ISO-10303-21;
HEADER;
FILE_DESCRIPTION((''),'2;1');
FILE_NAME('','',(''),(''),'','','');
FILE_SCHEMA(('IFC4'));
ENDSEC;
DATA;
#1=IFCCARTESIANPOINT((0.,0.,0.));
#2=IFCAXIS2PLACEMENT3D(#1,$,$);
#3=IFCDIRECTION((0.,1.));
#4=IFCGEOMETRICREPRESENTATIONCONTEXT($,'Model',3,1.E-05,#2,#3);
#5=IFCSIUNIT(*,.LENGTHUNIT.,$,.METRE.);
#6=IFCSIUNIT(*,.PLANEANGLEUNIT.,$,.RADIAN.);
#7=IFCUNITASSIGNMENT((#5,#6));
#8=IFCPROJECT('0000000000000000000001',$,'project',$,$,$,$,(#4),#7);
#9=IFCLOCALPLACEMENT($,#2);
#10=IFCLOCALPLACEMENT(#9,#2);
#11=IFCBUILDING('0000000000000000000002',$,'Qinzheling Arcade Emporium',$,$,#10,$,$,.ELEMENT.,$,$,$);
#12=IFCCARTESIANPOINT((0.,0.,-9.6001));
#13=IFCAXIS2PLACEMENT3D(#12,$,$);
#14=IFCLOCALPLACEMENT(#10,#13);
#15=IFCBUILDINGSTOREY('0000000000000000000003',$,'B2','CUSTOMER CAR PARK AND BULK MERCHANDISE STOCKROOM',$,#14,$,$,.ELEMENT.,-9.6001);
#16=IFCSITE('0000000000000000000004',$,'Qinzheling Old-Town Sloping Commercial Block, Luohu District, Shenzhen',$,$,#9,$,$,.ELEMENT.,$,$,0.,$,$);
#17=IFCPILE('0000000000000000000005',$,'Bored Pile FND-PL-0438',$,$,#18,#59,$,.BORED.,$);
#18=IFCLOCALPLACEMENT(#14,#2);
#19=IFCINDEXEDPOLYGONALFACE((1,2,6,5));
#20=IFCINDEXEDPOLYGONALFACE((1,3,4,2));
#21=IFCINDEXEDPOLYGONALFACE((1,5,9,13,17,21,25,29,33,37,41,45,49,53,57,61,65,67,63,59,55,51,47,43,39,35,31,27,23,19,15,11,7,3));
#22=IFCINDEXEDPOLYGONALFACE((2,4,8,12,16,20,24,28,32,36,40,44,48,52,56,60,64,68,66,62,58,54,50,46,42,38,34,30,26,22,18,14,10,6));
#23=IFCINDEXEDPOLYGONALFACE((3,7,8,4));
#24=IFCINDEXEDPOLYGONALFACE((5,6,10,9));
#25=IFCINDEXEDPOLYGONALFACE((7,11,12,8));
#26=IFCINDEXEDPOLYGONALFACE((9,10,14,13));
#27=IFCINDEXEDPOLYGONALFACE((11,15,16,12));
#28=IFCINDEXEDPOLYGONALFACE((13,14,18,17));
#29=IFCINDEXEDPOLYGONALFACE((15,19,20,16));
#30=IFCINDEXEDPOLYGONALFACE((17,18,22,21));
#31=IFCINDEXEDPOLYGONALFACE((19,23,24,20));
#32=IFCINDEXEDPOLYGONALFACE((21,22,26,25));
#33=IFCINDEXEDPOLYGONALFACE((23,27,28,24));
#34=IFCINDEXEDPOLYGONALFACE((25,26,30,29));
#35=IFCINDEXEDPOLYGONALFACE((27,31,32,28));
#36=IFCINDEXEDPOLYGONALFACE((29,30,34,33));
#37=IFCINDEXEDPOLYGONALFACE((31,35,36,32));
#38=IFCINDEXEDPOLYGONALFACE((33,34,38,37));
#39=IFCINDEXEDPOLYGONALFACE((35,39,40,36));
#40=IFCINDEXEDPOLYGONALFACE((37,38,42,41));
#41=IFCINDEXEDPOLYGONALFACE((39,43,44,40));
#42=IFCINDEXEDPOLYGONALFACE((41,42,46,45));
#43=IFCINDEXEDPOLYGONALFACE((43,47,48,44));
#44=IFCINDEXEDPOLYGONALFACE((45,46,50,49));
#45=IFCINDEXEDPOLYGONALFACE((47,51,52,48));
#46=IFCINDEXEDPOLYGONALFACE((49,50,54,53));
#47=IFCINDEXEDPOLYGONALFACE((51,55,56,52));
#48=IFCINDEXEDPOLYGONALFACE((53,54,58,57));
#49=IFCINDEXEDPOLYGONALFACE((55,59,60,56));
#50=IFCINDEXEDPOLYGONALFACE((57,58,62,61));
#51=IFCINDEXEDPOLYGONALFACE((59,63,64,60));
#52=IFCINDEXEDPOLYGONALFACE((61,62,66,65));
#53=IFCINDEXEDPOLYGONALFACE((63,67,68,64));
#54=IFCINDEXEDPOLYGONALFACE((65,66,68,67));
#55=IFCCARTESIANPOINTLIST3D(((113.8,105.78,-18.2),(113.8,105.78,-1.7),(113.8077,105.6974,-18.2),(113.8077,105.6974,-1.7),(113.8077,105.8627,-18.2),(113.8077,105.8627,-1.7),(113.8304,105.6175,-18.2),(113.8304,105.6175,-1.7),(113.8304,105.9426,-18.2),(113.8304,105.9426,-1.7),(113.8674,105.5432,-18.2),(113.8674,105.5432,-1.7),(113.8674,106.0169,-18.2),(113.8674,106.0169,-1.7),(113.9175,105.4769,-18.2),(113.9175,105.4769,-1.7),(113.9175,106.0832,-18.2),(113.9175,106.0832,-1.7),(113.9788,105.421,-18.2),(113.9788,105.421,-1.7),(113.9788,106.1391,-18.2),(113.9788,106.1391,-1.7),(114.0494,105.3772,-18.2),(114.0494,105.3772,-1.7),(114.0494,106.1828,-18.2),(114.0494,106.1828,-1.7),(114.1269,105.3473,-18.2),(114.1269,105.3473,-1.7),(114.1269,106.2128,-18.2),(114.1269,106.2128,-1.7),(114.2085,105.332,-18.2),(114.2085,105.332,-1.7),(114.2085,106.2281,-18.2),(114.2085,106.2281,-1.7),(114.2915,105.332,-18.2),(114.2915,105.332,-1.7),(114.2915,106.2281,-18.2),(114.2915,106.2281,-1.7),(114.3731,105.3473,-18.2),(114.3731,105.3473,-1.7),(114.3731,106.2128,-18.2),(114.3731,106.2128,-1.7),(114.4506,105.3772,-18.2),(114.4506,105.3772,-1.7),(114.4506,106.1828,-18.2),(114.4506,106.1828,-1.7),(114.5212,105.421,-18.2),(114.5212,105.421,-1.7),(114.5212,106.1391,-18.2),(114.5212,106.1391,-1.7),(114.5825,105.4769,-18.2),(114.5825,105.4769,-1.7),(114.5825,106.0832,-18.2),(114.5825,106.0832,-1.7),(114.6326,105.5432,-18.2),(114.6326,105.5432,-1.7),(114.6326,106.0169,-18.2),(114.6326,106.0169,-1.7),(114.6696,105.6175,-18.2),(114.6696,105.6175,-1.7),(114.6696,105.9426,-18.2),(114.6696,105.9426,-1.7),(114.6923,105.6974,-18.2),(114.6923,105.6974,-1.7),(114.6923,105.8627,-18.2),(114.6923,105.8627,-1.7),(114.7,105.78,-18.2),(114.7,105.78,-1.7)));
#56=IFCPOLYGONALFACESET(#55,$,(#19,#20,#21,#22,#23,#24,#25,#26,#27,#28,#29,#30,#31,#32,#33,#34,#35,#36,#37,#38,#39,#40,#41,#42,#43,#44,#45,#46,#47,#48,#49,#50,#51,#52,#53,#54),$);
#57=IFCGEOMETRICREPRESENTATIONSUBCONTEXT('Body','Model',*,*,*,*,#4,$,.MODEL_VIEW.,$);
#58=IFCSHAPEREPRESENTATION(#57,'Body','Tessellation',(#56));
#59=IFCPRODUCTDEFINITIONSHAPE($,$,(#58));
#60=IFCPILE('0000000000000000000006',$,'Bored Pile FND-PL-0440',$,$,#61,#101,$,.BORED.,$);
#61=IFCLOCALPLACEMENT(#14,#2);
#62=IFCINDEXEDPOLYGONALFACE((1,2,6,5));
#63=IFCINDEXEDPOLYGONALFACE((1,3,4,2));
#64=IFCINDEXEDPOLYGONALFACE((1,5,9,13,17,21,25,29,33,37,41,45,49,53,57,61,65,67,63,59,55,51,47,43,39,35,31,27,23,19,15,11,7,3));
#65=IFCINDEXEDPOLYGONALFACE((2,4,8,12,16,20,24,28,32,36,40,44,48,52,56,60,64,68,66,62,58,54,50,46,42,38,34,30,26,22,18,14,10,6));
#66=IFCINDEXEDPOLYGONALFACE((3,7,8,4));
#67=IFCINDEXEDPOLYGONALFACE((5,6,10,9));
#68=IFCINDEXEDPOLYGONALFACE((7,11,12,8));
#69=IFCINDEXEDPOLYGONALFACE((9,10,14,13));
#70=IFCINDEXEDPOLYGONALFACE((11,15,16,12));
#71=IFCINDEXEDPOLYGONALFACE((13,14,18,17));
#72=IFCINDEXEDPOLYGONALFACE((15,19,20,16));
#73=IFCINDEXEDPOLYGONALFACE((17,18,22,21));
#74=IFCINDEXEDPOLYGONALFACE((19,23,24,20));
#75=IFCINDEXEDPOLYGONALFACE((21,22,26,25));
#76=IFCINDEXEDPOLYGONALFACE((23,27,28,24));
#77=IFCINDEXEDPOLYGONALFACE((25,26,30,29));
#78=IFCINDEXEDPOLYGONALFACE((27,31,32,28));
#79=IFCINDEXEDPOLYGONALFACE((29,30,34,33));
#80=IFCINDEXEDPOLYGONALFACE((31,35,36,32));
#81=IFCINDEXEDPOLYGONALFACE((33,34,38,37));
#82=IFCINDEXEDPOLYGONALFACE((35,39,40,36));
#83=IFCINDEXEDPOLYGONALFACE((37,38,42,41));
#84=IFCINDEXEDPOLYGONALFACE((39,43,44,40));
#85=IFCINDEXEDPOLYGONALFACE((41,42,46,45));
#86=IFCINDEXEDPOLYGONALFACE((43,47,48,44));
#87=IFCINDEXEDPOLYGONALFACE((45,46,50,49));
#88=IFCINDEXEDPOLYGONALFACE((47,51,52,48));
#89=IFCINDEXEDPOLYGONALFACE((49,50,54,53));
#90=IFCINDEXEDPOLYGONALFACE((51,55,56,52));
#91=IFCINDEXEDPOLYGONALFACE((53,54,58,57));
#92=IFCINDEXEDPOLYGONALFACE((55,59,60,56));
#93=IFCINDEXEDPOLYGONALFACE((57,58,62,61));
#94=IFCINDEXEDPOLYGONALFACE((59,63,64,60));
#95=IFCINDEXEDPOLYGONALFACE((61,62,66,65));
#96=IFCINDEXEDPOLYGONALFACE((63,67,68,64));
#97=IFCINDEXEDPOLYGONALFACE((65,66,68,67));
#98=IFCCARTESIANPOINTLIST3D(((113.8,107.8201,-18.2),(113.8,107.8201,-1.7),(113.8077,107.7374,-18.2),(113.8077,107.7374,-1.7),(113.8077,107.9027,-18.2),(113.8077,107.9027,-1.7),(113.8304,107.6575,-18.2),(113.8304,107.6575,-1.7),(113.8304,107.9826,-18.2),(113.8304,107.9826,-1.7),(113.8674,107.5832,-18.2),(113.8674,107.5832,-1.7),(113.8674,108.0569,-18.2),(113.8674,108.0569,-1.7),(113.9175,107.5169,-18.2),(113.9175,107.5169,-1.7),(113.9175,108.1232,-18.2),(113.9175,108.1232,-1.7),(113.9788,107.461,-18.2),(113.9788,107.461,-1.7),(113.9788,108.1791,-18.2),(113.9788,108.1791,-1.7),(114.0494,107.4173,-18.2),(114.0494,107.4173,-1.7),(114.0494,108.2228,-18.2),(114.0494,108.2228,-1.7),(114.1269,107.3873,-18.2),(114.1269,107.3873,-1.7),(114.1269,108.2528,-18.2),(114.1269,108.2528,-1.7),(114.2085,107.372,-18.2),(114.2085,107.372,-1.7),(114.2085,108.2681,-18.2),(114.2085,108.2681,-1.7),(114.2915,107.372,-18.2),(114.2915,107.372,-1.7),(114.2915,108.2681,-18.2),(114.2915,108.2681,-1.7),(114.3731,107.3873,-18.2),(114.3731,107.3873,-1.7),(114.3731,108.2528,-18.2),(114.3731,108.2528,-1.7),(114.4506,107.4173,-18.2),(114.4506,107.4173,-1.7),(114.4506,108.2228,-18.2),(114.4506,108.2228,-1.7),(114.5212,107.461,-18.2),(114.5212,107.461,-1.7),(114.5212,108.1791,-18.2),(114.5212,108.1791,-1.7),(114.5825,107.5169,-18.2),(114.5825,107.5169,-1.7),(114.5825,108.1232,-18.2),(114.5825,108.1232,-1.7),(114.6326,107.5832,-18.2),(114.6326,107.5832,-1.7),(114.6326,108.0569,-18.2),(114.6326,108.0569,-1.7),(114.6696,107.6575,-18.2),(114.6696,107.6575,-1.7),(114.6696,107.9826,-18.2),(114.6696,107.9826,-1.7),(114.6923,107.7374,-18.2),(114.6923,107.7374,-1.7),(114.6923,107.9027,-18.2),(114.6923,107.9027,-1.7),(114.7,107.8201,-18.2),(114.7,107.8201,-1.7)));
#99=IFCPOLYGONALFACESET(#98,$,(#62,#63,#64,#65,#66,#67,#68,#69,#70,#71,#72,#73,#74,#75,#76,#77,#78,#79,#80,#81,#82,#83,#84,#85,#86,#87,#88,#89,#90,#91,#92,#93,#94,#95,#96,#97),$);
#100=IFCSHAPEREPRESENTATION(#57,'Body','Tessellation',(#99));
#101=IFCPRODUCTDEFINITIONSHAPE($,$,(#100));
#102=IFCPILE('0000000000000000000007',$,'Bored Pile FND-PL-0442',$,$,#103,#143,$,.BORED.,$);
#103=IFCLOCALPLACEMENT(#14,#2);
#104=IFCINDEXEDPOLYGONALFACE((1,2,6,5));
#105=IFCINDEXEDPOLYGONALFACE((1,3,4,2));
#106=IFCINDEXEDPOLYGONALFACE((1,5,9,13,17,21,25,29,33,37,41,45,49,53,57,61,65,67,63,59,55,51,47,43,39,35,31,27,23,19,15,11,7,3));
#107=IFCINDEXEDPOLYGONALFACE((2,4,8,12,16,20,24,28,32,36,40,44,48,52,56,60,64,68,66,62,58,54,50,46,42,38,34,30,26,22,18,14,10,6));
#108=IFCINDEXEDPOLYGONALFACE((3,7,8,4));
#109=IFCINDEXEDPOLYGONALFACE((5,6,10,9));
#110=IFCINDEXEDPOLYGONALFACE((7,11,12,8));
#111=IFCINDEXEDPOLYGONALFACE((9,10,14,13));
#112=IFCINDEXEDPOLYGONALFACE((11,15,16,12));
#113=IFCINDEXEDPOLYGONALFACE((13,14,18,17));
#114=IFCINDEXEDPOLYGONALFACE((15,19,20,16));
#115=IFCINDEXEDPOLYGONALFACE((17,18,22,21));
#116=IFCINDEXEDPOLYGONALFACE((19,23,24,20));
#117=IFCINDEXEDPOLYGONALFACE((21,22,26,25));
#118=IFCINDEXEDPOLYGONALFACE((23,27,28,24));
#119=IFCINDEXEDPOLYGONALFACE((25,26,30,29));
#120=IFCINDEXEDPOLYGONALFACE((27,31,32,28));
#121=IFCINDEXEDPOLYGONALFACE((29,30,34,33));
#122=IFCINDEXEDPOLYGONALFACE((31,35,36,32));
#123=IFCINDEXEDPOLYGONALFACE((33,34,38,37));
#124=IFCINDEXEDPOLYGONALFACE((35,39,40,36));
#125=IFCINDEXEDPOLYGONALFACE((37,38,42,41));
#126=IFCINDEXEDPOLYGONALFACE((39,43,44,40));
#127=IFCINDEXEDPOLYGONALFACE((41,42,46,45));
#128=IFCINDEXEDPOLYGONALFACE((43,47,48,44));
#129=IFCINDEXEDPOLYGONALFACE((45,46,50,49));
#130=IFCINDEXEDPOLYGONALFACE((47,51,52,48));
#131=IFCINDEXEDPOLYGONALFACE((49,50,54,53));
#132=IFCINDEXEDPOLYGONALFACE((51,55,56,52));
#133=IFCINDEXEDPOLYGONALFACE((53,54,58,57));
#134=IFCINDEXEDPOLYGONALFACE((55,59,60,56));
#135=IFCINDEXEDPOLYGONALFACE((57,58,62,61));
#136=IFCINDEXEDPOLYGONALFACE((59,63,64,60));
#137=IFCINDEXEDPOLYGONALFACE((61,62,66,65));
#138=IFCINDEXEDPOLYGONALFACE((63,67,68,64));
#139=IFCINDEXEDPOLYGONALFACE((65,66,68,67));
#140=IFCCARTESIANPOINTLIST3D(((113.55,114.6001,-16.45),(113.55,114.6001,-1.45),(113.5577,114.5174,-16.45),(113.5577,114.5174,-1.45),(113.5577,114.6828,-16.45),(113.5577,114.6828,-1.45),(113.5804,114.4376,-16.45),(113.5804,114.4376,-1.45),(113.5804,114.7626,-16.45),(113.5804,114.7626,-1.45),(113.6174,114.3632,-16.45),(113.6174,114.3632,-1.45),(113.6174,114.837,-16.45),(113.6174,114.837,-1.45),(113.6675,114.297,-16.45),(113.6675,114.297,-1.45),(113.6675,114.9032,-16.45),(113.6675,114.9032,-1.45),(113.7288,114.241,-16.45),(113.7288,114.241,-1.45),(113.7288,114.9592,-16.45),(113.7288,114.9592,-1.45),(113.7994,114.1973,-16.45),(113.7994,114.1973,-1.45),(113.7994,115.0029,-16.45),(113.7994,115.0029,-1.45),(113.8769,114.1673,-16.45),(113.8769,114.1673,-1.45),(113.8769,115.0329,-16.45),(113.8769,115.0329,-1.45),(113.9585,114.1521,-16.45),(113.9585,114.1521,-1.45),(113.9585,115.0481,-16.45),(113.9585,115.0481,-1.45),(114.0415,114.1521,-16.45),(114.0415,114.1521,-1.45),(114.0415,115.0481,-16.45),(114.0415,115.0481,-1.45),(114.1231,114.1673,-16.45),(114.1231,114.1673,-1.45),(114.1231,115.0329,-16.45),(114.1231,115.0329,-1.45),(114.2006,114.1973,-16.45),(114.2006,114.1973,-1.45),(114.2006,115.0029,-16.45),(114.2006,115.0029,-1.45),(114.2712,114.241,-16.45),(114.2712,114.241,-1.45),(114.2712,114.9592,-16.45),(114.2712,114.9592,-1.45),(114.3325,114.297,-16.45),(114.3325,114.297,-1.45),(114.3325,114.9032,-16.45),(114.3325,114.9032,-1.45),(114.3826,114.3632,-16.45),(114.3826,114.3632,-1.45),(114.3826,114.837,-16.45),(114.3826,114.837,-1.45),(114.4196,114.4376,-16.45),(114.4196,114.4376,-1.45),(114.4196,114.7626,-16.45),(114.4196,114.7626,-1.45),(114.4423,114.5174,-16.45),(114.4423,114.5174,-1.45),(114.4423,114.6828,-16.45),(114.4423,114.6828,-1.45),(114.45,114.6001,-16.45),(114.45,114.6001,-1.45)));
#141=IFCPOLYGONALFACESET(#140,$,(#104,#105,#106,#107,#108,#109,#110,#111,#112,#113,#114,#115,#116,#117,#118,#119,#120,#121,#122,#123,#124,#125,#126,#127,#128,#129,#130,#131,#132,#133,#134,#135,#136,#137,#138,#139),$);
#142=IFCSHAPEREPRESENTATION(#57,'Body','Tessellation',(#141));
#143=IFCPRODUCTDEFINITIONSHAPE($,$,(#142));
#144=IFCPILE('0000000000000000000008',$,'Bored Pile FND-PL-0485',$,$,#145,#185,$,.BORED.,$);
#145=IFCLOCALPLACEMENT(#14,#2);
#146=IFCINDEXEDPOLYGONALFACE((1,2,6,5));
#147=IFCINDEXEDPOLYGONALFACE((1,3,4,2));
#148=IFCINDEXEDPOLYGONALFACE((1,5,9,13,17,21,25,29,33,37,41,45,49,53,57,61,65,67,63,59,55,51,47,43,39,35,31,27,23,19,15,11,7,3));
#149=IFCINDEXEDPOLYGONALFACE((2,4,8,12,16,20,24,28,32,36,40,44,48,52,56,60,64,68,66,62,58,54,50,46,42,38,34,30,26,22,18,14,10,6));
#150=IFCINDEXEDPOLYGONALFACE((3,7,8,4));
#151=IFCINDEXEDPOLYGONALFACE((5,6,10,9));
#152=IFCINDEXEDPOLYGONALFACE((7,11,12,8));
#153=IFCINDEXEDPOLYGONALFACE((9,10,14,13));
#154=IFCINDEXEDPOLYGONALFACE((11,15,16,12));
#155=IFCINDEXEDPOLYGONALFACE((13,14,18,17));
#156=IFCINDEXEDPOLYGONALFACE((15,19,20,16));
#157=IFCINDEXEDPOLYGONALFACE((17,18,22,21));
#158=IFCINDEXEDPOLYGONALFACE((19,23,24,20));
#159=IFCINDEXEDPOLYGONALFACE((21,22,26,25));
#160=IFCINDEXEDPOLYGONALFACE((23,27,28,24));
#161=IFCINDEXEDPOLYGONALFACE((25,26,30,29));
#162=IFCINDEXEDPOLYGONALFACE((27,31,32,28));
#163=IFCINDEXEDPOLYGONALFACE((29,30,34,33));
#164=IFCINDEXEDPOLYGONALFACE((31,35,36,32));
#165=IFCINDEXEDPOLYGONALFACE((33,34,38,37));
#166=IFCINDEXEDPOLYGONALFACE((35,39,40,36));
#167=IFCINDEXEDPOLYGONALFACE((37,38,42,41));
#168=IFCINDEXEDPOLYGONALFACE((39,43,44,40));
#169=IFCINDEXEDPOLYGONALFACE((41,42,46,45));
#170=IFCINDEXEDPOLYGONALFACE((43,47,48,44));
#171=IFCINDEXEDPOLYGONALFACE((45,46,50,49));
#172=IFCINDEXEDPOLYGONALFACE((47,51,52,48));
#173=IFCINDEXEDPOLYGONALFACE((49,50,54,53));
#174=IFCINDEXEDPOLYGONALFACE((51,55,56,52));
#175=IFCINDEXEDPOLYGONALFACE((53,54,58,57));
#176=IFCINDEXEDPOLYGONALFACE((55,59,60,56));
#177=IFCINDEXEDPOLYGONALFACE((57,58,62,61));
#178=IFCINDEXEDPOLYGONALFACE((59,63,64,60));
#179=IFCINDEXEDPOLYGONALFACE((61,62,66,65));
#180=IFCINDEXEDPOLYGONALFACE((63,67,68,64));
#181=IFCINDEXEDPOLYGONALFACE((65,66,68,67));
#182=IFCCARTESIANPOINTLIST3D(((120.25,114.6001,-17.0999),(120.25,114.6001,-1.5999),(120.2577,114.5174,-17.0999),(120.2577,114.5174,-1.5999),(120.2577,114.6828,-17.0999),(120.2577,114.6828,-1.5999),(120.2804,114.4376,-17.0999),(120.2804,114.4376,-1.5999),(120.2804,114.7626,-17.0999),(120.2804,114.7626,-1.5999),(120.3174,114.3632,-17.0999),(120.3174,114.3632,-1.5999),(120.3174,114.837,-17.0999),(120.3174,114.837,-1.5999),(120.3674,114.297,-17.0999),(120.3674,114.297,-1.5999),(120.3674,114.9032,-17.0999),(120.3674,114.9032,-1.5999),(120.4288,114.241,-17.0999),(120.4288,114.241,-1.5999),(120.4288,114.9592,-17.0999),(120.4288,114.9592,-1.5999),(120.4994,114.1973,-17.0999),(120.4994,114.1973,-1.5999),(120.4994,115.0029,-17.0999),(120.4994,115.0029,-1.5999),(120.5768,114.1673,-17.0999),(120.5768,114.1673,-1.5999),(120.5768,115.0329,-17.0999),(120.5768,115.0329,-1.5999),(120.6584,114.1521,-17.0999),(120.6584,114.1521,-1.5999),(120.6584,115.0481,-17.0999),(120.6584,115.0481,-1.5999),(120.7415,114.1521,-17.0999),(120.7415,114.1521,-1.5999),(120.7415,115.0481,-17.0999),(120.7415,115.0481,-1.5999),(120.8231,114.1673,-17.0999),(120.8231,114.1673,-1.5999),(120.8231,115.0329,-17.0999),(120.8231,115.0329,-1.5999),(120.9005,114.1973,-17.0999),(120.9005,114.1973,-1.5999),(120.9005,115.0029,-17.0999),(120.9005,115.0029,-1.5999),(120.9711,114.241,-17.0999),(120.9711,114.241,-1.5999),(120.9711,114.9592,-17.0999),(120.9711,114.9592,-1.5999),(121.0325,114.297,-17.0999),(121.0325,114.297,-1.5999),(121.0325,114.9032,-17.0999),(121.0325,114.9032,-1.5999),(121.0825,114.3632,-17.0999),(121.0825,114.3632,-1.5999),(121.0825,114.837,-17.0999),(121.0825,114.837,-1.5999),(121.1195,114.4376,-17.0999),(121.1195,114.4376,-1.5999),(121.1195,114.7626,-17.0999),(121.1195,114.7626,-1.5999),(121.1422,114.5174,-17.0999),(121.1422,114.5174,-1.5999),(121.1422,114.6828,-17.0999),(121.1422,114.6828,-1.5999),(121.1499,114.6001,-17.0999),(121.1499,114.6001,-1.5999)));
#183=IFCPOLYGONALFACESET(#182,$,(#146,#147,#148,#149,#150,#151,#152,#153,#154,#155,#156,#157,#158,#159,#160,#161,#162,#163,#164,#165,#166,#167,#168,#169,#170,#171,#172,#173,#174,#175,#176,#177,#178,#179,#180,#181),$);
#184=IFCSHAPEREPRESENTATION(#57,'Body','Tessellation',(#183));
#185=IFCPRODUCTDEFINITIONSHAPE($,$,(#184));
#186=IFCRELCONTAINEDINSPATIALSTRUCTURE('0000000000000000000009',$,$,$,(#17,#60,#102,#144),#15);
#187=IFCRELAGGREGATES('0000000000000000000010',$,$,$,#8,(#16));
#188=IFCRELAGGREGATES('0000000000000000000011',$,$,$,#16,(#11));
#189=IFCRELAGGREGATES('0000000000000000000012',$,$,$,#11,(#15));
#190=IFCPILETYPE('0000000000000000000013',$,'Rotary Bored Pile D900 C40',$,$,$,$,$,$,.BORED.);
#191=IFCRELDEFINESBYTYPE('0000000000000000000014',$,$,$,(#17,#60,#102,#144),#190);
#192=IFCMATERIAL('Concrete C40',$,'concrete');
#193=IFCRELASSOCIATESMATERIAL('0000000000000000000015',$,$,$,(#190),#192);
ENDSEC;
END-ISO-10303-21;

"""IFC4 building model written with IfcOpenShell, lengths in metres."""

from ifc_helpers import new_model, si_unit, direction, frame, origin, origin_2d, place, context, subcontext, project, spatial, circle, extrude, material, material_profile, profile_set, type_object, element, save


model = new_model("IFC4")

# Units and contexts
model_context = context("Model", 3, precision=1e-05, world=origin(), true_north=direction((0.0, 1.0)))
body_context = subcontext(model_context, "Body", "Model", "MODEL_VIEW")
ifc_project = project(units=[si_unit("LENGTHUNIT", "METRE"), si_unit("PLANEANGLEUNIT", "RADIAN")], contexts=[model_context])

# Site, building, storey
site_placement = place(None, origin())
site = spatial("IfcSite", under=ifc_project, at=site_placement, Name="Qinzheling Old-Town Sloping Commercial Block, Luohu District, Shenzhen", CompositionType="ELEMENT", RefElevation=0.0)
building_placement = place(site_placement, origin())
building = spatial("IfcBuilding", under=site, at=building_placement, Name="Qinzheling Arcade Emporium", CompositionType="ELEMENT")
storey_placement = place(building_placement, frame((0.0, 0.0, -9.6001)))
storey = spatial("IfcBuildingStorey", under=building, at=storey_placement, Name="B2", Description="CUSTOMER CAR PARK AND BULK MERCHANDISE STOCKROOM", CompositionType="ELEMENT", Elevation=-9.6001)

# Shared definitions
ifc_material_1 = material(Name="Concrete C40", Category="concrete")

# Piles
ifc_material_profile_1 = material_profile(ifc_material_1, circle(Radius=0.45, at=origin_2d()), Name="BORED D900", Category="concrete")
ifc_profile_set_1 = profile_set([ifc_material_profile_1], Name="Concrete C40")
pile_type_1 = type_object("IfcPileType", Name="Rotary Bored Pile D900 C40", PredefinedType="BORED", material=ifc_profile_set_1)
for number, where, z_axis, x_axis, name in (
    (1, (114.25, 105.78, -1.7), (0.0, 0.0, -1.0), (1.0, 0.0, 0.0), "Bored Pile FND-PL-0438"),
    (2, (114.25, 107.8201, -1.7), (0.0, 0.0, -1.0), (1.0, 0.0, 0.0), "Bored Pile FND-PL-0440"),
):
    element("IfcPile", number, at=place(storey_placement, frame(where, z_axis=z_axis, x_axis=x_axis)), inside=storey, type_object=pile_type_1, Name=name, PredefinedType="BORED", context=body_context, shape_type="SweptSolid", body=[
        extrude(circle(Radius=0.45, at=origin_2d()), origin(), (0.0, 0.0, 1.0), 16.5),
    ])
pile_1_placement = place(storey_placement, frame((114.0, 114.6001, -1.45), z_axis=(0.0, 0.0, -1.0), x_axis=(1.0, 0.0, 0.0)))
element("IfcPile", 3, at=pile_1_placement, inside=storey, type_object=pile_type_1, Name="Bored Pile FND-PL-0442", PredefinedType="BORED", context=body_context, shape_type="SweptSolid", body=[
    extrude(circle(Radius=0.45, at=origin_2d()), origin(), (0.0, 0.0, 1.0), 15.0),
])
for number, where, z_axis, x_axis, name in (
    (4, (120.7, 114.6001, -1.5999), (0.0, 0.0, -1.0), (1.0, 0.0, 0.0), "Bored Pile FND-PL-0485"),
):
    element("IfcPile", number, at=place(storey_placement, frame(where, z_axis=z_axis, x_axis=x_axis)), inside=storey, type_object=pile_type_1, Name=name, PredefinedType="BORED", context=body_context, shape_type="SweptSolid", body=[
        extrude(circle(Radius=0.45, at=origin_2d()), origin(), (0.0, 0.0, 1.0), 15.5),
    ])

save(model, "model.ifc")
